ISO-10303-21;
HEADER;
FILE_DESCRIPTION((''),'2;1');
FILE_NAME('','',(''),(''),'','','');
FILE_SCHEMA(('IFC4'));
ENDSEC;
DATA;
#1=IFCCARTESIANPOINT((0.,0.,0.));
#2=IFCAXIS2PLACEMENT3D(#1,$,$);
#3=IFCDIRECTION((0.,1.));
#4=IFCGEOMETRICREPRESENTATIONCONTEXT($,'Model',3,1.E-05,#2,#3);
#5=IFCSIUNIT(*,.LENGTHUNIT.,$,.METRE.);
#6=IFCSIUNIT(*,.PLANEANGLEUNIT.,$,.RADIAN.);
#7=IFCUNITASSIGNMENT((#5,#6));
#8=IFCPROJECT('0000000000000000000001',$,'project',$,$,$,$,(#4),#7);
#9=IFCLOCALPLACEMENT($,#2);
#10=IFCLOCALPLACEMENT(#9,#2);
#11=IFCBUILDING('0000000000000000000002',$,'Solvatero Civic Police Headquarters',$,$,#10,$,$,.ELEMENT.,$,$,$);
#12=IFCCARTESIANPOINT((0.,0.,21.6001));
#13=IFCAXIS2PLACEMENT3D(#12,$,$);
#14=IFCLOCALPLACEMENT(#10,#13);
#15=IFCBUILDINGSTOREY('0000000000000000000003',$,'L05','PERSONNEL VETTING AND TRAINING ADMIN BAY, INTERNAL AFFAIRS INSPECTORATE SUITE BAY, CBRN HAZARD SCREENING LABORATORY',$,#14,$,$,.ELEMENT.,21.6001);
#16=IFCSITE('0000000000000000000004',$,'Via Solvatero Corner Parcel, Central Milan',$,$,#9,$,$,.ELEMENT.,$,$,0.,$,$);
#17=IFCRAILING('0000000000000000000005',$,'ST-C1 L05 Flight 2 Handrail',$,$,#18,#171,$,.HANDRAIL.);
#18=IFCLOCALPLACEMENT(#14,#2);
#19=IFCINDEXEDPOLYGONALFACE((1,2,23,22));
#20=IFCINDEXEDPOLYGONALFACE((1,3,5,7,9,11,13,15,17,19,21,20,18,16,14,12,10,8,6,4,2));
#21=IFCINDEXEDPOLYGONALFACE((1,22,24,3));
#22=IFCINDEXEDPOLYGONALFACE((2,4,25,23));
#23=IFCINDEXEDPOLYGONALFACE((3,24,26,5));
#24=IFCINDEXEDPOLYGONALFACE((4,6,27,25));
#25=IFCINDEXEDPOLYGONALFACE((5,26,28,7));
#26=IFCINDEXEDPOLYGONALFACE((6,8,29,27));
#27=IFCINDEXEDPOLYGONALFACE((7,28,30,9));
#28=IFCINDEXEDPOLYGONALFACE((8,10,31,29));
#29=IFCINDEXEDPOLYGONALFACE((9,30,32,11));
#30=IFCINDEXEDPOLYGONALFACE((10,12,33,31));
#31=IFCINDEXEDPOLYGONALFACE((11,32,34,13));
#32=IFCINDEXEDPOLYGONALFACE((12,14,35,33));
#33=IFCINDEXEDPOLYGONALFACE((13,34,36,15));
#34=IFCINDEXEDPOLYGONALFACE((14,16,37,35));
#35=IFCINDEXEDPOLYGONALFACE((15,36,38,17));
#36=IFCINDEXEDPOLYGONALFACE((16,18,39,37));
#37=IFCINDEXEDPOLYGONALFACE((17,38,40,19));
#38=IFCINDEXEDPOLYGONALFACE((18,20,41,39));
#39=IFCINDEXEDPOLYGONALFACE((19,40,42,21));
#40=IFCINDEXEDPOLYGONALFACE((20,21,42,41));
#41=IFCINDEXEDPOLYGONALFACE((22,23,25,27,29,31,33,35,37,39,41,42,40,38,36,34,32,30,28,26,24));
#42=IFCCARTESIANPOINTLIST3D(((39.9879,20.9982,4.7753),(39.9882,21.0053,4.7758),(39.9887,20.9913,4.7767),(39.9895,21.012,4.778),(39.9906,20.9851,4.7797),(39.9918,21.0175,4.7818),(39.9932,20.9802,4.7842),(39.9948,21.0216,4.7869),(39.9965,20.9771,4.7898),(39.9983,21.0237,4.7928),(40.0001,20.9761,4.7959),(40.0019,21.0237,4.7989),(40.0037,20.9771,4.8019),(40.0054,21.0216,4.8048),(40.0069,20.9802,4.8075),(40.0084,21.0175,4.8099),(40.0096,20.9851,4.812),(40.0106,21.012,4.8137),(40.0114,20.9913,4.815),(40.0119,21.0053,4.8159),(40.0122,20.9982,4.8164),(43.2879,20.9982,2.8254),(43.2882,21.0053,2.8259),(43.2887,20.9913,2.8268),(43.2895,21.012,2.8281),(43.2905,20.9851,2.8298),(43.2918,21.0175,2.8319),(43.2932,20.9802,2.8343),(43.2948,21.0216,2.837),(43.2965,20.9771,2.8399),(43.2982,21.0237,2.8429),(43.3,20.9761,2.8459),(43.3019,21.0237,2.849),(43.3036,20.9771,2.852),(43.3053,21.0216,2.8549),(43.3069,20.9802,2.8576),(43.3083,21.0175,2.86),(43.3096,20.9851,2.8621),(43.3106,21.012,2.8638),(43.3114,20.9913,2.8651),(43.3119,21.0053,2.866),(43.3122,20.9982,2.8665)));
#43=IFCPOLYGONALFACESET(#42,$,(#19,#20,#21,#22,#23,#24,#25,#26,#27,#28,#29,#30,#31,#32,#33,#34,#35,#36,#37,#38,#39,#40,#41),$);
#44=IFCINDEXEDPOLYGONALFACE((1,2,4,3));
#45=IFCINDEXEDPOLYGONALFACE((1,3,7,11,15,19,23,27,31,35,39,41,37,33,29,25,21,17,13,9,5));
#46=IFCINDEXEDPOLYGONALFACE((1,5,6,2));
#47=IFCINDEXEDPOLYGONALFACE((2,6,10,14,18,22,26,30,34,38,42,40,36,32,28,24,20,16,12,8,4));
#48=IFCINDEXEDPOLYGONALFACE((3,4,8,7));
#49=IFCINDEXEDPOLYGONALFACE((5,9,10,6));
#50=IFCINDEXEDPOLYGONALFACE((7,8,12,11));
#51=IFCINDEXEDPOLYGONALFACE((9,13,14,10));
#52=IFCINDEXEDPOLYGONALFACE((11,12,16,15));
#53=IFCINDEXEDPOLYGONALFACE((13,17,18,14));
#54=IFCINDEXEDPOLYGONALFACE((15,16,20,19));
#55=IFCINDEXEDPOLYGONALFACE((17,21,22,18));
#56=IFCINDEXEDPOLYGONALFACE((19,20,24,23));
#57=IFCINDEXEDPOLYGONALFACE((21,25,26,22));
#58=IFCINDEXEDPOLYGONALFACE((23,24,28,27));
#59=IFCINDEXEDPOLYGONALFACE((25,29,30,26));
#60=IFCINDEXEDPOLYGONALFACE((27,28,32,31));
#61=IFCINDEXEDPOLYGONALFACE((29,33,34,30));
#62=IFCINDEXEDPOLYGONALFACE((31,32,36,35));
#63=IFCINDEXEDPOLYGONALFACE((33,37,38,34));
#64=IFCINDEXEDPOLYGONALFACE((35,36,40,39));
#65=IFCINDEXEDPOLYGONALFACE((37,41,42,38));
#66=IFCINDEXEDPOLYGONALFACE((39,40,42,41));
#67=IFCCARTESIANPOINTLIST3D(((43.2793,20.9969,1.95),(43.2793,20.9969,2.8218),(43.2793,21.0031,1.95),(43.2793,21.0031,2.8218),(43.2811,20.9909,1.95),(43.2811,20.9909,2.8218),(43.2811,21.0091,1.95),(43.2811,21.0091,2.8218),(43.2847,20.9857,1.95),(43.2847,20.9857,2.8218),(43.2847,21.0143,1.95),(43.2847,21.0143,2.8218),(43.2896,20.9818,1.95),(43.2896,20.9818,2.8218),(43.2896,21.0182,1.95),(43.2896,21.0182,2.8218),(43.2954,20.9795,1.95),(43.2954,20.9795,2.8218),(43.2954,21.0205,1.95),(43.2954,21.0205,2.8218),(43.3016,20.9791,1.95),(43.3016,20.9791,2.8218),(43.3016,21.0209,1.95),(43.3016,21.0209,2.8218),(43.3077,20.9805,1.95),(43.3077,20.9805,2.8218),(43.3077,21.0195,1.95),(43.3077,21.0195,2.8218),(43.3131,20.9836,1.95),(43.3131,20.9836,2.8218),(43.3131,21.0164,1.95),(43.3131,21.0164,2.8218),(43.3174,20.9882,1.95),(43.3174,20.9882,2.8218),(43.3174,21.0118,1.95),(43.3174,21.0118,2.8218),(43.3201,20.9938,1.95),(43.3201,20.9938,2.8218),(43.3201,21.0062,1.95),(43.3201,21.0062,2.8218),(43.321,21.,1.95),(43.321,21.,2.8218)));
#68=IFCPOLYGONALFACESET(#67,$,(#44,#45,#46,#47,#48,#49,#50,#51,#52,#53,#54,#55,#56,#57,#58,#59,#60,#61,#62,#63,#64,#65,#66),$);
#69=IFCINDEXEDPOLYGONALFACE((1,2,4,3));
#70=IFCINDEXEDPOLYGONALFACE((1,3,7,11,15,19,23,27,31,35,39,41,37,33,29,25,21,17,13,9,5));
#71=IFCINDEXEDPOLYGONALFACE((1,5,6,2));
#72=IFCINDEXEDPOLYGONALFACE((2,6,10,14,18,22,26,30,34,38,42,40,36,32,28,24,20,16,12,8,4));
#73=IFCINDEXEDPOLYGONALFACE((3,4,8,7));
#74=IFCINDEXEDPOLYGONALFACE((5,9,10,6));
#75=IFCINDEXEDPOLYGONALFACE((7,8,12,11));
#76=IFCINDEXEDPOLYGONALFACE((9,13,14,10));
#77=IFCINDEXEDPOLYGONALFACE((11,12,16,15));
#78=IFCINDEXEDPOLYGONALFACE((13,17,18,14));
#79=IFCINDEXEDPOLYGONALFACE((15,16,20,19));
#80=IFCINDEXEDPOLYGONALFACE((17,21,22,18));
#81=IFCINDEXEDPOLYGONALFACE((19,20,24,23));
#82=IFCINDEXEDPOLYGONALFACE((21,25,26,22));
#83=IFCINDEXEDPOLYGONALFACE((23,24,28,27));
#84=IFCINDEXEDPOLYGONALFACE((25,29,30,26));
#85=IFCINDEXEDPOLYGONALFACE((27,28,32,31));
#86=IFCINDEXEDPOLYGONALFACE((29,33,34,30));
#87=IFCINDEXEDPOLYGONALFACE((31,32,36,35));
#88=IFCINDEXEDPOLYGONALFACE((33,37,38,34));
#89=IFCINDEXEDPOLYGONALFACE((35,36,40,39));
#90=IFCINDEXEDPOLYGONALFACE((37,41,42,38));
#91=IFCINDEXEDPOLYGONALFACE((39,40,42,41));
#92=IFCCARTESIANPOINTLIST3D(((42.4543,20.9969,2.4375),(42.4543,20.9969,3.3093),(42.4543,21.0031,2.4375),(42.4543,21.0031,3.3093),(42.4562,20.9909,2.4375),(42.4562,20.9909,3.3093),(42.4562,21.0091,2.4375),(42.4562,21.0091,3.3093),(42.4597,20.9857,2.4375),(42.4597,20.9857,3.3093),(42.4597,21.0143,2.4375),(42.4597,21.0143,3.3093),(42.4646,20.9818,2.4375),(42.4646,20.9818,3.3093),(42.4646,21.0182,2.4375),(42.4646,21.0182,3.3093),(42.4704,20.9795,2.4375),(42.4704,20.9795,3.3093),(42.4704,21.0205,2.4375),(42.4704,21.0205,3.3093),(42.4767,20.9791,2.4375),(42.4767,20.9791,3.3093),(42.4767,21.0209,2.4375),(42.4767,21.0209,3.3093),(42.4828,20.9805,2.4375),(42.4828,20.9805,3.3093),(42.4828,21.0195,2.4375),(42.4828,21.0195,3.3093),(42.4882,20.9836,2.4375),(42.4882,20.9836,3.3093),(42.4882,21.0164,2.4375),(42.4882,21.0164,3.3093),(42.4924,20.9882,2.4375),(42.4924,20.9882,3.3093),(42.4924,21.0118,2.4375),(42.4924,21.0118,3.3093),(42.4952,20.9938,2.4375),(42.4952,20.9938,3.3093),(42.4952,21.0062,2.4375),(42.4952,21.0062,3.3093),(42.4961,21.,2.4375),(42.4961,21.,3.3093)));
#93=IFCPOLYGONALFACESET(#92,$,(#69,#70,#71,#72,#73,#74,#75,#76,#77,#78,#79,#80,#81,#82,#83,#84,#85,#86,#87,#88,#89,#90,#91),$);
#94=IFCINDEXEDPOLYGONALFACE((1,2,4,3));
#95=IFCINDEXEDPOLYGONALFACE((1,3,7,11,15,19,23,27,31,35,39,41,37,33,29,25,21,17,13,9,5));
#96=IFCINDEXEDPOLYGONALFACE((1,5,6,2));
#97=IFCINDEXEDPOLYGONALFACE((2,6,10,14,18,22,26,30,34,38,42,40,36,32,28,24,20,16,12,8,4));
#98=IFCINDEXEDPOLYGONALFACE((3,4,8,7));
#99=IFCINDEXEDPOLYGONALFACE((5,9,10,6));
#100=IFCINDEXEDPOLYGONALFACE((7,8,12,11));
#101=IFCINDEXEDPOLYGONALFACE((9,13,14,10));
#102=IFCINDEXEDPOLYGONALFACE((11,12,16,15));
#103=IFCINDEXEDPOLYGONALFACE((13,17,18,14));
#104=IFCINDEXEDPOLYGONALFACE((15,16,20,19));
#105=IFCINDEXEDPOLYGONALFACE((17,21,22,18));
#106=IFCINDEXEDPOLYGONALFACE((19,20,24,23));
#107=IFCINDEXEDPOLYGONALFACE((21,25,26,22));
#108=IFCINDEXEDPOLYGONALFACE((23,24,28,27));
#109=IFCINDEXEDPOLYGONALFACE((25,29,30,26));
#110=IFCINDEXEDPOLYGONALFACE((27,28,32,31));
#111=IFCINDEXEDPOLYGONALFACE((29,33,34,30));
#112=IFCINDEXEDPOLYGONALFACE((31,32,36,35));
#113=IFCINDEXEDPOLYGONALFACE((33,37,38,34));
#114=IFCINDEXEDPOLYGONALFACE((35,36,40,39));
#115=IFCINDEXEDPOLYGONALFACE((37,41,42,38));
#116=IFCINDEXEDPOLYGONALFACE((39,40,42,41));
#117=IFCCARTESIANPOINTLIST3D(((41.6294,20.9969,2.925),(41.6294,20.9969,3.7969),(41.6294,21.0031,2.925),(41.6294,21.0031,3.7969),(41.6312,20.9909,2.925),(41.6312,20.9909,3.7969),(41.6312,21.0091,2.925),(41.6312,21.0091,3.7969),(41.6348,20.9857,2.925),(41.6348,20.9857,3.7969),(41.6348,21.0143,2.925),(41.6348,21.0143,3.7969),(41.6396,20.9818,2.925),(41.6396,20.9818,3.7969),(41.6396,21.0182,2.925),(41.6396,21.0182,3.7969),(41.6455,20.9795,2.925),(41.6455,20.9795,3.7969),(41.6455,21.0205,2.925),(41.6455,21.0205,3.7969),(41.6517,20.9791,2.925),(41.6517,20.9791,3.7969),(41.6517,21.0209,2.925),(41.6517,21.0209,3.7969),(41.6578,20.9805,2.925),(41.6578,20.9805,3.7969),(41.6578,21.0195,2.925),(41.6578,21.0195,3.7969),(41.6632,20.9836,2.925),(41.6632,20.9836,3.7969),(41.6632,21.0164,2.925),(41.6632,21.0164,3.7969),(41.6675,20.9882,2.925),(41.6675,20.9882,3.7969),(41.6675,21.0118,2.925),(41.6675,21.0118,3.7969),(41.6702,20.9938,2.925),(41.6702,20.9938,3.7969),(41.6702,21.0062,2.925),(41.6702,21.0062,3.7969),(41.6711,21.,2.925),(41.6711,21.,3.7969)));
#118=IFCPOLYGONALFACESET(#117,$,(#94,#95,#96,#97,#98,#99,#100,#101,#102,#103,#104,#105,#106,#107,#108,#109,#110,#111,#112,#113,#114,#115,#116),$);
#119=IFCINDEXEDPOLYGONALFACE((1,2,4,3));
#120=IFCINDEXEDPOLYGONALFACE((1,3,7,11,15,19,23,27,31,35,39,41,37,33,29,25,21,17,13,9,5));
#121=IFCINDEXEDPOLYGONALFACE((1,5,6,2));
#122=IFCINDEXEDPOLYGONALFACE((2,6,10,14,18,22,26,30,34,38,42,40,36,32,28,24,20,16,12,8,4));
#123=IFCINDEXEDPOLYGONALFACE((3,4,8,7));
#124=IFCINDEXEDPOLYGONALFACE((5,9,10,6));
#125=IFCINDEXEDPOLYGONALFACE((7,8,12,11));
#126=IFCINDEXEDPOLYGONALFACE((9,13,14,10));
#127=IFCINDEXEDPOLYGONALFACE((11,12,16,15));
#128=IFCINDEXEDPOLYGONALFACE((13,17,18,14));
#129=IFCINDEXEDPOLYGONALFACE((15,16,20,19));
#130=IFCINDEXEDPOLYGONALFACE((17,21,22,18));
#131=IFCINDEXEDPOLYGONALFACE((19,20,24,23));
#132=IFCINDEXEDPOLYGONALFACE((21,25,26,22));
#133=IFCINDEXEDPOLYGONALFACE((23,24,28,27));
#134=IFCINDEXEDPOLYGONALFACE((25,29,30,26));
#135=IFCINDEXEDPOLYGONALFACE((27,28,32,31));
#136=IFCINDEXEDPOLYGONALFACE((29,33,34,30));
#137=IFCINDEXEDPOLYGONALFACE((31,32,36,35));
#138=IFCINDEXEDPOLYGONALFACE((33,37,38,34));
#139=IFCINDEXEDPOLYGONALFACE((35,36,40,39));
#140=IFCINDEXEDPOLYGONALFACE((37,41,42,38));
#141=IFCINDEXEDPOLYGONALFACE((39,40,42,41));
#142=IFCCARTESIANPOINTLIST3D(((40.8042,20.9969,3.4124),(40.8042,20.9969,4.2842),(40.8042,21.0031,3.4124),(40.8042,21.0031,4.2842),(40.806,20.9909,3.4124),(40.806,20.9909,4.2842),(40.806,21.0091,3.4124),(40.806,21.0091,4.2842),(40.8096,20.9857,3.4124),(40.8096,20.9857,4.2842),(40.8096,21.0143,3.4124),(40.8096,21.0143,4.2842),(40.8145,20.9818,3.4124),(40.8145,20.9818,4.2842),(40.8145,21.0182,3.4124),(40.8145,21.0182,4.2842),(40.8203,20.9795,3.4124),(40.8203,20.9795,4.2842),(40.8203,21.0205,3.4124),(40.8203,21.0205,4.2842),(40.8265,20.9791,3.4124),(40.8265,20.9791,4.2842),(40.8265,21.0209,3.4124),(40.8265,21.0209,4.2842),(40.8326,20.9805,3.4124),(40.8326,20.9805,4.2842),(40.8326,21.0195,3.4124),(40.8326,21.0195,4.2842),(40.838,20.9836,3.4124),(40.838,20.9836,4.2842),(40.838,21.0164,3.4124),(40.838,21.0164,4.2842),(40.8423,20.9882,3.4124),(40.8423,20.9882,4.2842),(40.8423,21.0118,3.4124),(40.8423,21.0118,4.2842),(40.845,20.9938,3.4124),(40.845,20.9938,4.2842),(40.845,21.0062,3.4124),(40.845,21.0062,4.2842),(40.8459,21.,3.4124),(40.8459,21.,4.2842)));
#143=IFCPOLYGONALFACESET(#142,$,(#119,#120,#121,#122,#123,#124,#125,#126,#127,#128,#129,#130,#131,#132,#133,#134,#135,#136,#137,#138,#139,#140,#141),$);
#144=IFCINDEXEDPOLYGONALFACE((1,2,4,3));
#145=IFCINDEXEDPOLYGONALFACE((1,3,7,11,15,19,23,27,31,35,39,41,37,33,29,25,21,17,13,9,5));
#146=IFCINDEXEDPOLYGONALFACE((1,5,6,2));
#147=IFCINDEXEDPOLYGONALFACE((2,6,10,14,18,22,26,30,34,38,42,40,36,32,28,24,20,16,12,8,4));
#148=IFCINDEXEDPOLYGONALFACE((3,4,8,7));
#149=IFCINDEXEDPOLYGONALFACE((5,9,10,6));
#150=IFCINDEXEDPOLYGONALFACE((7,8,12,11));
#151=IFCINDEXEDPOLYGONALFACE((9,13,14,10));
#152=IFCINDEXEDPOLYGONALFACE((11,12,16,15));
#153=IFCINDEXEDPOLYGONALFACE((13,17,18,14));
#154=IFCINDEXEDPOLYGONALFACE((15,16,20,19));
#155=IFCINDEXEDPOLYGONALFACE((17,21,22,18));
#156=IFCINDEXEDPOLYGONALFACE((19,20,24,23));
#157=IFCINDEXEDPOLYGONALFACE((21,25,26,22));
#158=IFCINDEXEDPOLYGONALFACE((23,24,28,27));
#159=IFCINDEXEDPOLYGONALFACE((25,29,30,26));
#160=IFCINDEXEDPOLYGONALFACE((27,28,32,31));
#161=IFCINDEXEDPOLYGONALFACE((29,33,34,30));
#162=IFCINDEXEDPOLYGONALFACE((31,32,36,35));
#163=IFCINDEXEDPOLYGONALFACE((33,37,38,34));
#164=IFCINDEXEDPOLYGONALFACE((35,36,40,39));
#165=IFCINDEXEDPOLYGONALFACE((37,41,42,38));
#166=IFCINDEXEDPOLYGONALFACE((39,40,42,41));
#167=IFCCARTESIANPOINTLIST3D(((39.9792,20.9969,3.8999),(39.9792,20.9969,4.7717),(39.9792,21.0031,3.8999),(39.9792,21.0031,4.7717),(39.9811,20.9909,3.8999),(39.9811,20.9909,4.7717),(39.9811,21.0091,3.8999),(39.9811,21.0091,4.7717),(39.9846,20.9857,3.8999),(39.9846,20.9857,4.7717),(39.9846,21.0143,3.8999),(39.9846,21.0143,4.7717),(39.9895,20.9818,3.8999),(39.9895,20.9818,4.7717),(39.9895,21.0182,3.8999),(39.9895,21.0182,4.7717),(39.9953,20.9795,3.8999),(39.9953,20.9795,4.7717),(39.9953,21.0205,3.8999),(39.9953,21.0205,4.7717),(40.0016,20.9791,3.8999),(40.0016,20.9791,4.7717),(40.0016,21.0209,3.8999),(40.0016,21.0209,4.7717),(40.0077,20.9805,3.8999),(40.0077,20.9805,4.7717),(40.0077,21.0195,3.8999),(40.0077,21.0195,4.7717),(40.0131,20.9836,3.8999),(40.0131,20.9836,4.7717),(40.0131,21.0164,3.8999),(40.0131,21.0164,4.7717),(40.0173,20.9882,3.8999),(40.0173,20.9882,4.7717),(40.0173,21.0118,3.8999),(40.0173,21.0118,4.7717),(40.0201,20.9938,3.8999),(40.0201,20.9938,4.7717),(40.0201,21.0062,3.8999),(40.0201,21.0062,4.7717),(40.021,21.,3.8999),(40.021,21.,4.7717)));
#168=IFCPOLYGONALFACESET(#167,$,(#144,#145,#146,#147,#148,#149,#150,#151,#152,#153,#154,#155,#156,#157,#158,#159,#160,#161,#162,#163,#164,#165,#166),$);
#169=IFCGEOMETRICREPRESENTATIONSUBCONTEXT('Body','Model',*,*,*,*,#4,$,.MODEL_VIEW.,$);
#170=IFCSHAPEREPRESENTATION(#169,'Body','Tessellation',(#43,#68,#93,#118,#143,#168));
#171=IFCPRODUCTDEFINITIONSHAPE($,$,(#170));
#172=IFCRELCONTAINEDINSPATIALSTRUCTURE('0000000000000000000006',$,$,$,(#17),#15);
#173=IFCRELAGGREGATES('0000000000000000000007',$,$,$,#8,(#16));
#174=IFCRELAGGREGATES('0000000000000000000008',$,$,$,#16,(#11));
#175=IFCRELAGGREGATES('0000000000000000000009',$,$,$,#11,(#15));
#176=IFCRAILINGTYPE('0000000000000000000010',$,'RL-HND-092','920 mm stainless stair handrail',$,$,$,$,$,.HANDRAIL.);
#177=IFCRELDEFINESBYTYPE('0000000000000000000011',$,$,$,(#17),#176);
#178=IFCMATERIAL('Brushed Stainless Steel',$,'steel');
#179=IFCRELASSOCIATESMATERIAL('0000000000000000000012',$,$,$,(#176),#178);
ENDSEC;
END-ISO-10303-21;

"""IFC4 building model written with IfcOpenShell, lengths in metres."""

from ifc_helpers import new_model, si_unit, direction, frame, origin, origin_2d, place, context, subcontext, project, spatial, circle, extrude, material, type_object, element, save


model = new_model("IFC4")

# Units and contexts
model_context = context("Model", 3, precision=1e-05, world=origin(), true_north=direction((0.0, 1.0)))
body_context = subcontext(model_context, "Body", "Model", "MODEL_VIEW")
ifc_project = project(units=[si_unit("LENGTHUNIT", "METRE"), si_unit("PLANEANGLEUNIT", "RADIAN")], contexts=[model_context])

# Site, building, storey
site_placement = place(None, origin())
site = spatial("IfcSite", under=ifc_project, at=site_placement, Name="Via Solvatero Corner Parcel, Central Milan", CompositionType="ELEMENT", RefElevation=0.0)
building_placement = place(site_placement, origin())
building = spatial("IfcBuilding", under=site, at=building_placement, Name="Solvatero Civic Police Headquarters", CompositionType="ELEMENT")
storey_placement = place(building_placement, frame((0.0, 0.0, 21.6001)))
storey = spatial("IfcBuildingStorey", under=building, at=storey_placement, Name="L05", Description="PERSONNEL VETTING AND TRAINING ADMIN BAY, INTERNAL AFFAIRS INSPECTORATE SUITE BAY, CBRN HAZARD SCREENING LABORATORY", CompositionType="ELEMENT", Elevation=21.6001)

# Railing
ifc_material_1 = material(Name="Brushed Stainless Steel", Category="steel")
railing_type_1 = type_object("IfcRailingType", Name="RL-HND-092", Description="920 mm stainless stair handrail", PredefinedType="HANDRAIL", material=ifc_material_1)
railing_1_placement = place(storey_placement, frame((43.3, 21.0, 1.95)))
element("IfcRailing", 1, at=railing_1_placement, inside=storey, type_object=railing_type_1, Name="ST-C1 L05 Flight 2 Handrail", PredefinedType="HANDRAIL", context=body_context, shape_type="SweptSolid", body=[
    extrude(circle(Radius=0.0239, at=origin_2d()), frame((0.0, 0.0, 0.896), z_axis=(-0.860935, 0.0, 0.508714), x_axis=(0.0, -1.0, 0.0)), (0.0, 0.0, 1.0), 3.833),
    extrude(circle(Radius=0.021, at=origin_2d()), origin(), (0.0, 0.0, 1.0), 0.8718),
    extrude(circle(Radius=0.021, at=origin_2d()), frame((-0.825, 0.0, 0.4875)), (0.0, 0.0, 1.0), 0.8718),
    extrude(circle(Radius=0.021, at=origin_2d()), frame((-1.6499, 0.0, 0.9751)), (0.0, 0.0, 1.0), 0.8718),
    extrude(circle(Radius=0.021, at=origin_2d()), frame((-2.4751, 0.0, 1.4624)), (0.0, 0.0, 1.0), 0.8718),
    extrude(circle(Radius=0.021, at=origin_2d()), frame((-3.3, 0.0, 1.95)), (0.0, 0.0, 1.0), 0.8718),
])

save(model, "model.ifc")
